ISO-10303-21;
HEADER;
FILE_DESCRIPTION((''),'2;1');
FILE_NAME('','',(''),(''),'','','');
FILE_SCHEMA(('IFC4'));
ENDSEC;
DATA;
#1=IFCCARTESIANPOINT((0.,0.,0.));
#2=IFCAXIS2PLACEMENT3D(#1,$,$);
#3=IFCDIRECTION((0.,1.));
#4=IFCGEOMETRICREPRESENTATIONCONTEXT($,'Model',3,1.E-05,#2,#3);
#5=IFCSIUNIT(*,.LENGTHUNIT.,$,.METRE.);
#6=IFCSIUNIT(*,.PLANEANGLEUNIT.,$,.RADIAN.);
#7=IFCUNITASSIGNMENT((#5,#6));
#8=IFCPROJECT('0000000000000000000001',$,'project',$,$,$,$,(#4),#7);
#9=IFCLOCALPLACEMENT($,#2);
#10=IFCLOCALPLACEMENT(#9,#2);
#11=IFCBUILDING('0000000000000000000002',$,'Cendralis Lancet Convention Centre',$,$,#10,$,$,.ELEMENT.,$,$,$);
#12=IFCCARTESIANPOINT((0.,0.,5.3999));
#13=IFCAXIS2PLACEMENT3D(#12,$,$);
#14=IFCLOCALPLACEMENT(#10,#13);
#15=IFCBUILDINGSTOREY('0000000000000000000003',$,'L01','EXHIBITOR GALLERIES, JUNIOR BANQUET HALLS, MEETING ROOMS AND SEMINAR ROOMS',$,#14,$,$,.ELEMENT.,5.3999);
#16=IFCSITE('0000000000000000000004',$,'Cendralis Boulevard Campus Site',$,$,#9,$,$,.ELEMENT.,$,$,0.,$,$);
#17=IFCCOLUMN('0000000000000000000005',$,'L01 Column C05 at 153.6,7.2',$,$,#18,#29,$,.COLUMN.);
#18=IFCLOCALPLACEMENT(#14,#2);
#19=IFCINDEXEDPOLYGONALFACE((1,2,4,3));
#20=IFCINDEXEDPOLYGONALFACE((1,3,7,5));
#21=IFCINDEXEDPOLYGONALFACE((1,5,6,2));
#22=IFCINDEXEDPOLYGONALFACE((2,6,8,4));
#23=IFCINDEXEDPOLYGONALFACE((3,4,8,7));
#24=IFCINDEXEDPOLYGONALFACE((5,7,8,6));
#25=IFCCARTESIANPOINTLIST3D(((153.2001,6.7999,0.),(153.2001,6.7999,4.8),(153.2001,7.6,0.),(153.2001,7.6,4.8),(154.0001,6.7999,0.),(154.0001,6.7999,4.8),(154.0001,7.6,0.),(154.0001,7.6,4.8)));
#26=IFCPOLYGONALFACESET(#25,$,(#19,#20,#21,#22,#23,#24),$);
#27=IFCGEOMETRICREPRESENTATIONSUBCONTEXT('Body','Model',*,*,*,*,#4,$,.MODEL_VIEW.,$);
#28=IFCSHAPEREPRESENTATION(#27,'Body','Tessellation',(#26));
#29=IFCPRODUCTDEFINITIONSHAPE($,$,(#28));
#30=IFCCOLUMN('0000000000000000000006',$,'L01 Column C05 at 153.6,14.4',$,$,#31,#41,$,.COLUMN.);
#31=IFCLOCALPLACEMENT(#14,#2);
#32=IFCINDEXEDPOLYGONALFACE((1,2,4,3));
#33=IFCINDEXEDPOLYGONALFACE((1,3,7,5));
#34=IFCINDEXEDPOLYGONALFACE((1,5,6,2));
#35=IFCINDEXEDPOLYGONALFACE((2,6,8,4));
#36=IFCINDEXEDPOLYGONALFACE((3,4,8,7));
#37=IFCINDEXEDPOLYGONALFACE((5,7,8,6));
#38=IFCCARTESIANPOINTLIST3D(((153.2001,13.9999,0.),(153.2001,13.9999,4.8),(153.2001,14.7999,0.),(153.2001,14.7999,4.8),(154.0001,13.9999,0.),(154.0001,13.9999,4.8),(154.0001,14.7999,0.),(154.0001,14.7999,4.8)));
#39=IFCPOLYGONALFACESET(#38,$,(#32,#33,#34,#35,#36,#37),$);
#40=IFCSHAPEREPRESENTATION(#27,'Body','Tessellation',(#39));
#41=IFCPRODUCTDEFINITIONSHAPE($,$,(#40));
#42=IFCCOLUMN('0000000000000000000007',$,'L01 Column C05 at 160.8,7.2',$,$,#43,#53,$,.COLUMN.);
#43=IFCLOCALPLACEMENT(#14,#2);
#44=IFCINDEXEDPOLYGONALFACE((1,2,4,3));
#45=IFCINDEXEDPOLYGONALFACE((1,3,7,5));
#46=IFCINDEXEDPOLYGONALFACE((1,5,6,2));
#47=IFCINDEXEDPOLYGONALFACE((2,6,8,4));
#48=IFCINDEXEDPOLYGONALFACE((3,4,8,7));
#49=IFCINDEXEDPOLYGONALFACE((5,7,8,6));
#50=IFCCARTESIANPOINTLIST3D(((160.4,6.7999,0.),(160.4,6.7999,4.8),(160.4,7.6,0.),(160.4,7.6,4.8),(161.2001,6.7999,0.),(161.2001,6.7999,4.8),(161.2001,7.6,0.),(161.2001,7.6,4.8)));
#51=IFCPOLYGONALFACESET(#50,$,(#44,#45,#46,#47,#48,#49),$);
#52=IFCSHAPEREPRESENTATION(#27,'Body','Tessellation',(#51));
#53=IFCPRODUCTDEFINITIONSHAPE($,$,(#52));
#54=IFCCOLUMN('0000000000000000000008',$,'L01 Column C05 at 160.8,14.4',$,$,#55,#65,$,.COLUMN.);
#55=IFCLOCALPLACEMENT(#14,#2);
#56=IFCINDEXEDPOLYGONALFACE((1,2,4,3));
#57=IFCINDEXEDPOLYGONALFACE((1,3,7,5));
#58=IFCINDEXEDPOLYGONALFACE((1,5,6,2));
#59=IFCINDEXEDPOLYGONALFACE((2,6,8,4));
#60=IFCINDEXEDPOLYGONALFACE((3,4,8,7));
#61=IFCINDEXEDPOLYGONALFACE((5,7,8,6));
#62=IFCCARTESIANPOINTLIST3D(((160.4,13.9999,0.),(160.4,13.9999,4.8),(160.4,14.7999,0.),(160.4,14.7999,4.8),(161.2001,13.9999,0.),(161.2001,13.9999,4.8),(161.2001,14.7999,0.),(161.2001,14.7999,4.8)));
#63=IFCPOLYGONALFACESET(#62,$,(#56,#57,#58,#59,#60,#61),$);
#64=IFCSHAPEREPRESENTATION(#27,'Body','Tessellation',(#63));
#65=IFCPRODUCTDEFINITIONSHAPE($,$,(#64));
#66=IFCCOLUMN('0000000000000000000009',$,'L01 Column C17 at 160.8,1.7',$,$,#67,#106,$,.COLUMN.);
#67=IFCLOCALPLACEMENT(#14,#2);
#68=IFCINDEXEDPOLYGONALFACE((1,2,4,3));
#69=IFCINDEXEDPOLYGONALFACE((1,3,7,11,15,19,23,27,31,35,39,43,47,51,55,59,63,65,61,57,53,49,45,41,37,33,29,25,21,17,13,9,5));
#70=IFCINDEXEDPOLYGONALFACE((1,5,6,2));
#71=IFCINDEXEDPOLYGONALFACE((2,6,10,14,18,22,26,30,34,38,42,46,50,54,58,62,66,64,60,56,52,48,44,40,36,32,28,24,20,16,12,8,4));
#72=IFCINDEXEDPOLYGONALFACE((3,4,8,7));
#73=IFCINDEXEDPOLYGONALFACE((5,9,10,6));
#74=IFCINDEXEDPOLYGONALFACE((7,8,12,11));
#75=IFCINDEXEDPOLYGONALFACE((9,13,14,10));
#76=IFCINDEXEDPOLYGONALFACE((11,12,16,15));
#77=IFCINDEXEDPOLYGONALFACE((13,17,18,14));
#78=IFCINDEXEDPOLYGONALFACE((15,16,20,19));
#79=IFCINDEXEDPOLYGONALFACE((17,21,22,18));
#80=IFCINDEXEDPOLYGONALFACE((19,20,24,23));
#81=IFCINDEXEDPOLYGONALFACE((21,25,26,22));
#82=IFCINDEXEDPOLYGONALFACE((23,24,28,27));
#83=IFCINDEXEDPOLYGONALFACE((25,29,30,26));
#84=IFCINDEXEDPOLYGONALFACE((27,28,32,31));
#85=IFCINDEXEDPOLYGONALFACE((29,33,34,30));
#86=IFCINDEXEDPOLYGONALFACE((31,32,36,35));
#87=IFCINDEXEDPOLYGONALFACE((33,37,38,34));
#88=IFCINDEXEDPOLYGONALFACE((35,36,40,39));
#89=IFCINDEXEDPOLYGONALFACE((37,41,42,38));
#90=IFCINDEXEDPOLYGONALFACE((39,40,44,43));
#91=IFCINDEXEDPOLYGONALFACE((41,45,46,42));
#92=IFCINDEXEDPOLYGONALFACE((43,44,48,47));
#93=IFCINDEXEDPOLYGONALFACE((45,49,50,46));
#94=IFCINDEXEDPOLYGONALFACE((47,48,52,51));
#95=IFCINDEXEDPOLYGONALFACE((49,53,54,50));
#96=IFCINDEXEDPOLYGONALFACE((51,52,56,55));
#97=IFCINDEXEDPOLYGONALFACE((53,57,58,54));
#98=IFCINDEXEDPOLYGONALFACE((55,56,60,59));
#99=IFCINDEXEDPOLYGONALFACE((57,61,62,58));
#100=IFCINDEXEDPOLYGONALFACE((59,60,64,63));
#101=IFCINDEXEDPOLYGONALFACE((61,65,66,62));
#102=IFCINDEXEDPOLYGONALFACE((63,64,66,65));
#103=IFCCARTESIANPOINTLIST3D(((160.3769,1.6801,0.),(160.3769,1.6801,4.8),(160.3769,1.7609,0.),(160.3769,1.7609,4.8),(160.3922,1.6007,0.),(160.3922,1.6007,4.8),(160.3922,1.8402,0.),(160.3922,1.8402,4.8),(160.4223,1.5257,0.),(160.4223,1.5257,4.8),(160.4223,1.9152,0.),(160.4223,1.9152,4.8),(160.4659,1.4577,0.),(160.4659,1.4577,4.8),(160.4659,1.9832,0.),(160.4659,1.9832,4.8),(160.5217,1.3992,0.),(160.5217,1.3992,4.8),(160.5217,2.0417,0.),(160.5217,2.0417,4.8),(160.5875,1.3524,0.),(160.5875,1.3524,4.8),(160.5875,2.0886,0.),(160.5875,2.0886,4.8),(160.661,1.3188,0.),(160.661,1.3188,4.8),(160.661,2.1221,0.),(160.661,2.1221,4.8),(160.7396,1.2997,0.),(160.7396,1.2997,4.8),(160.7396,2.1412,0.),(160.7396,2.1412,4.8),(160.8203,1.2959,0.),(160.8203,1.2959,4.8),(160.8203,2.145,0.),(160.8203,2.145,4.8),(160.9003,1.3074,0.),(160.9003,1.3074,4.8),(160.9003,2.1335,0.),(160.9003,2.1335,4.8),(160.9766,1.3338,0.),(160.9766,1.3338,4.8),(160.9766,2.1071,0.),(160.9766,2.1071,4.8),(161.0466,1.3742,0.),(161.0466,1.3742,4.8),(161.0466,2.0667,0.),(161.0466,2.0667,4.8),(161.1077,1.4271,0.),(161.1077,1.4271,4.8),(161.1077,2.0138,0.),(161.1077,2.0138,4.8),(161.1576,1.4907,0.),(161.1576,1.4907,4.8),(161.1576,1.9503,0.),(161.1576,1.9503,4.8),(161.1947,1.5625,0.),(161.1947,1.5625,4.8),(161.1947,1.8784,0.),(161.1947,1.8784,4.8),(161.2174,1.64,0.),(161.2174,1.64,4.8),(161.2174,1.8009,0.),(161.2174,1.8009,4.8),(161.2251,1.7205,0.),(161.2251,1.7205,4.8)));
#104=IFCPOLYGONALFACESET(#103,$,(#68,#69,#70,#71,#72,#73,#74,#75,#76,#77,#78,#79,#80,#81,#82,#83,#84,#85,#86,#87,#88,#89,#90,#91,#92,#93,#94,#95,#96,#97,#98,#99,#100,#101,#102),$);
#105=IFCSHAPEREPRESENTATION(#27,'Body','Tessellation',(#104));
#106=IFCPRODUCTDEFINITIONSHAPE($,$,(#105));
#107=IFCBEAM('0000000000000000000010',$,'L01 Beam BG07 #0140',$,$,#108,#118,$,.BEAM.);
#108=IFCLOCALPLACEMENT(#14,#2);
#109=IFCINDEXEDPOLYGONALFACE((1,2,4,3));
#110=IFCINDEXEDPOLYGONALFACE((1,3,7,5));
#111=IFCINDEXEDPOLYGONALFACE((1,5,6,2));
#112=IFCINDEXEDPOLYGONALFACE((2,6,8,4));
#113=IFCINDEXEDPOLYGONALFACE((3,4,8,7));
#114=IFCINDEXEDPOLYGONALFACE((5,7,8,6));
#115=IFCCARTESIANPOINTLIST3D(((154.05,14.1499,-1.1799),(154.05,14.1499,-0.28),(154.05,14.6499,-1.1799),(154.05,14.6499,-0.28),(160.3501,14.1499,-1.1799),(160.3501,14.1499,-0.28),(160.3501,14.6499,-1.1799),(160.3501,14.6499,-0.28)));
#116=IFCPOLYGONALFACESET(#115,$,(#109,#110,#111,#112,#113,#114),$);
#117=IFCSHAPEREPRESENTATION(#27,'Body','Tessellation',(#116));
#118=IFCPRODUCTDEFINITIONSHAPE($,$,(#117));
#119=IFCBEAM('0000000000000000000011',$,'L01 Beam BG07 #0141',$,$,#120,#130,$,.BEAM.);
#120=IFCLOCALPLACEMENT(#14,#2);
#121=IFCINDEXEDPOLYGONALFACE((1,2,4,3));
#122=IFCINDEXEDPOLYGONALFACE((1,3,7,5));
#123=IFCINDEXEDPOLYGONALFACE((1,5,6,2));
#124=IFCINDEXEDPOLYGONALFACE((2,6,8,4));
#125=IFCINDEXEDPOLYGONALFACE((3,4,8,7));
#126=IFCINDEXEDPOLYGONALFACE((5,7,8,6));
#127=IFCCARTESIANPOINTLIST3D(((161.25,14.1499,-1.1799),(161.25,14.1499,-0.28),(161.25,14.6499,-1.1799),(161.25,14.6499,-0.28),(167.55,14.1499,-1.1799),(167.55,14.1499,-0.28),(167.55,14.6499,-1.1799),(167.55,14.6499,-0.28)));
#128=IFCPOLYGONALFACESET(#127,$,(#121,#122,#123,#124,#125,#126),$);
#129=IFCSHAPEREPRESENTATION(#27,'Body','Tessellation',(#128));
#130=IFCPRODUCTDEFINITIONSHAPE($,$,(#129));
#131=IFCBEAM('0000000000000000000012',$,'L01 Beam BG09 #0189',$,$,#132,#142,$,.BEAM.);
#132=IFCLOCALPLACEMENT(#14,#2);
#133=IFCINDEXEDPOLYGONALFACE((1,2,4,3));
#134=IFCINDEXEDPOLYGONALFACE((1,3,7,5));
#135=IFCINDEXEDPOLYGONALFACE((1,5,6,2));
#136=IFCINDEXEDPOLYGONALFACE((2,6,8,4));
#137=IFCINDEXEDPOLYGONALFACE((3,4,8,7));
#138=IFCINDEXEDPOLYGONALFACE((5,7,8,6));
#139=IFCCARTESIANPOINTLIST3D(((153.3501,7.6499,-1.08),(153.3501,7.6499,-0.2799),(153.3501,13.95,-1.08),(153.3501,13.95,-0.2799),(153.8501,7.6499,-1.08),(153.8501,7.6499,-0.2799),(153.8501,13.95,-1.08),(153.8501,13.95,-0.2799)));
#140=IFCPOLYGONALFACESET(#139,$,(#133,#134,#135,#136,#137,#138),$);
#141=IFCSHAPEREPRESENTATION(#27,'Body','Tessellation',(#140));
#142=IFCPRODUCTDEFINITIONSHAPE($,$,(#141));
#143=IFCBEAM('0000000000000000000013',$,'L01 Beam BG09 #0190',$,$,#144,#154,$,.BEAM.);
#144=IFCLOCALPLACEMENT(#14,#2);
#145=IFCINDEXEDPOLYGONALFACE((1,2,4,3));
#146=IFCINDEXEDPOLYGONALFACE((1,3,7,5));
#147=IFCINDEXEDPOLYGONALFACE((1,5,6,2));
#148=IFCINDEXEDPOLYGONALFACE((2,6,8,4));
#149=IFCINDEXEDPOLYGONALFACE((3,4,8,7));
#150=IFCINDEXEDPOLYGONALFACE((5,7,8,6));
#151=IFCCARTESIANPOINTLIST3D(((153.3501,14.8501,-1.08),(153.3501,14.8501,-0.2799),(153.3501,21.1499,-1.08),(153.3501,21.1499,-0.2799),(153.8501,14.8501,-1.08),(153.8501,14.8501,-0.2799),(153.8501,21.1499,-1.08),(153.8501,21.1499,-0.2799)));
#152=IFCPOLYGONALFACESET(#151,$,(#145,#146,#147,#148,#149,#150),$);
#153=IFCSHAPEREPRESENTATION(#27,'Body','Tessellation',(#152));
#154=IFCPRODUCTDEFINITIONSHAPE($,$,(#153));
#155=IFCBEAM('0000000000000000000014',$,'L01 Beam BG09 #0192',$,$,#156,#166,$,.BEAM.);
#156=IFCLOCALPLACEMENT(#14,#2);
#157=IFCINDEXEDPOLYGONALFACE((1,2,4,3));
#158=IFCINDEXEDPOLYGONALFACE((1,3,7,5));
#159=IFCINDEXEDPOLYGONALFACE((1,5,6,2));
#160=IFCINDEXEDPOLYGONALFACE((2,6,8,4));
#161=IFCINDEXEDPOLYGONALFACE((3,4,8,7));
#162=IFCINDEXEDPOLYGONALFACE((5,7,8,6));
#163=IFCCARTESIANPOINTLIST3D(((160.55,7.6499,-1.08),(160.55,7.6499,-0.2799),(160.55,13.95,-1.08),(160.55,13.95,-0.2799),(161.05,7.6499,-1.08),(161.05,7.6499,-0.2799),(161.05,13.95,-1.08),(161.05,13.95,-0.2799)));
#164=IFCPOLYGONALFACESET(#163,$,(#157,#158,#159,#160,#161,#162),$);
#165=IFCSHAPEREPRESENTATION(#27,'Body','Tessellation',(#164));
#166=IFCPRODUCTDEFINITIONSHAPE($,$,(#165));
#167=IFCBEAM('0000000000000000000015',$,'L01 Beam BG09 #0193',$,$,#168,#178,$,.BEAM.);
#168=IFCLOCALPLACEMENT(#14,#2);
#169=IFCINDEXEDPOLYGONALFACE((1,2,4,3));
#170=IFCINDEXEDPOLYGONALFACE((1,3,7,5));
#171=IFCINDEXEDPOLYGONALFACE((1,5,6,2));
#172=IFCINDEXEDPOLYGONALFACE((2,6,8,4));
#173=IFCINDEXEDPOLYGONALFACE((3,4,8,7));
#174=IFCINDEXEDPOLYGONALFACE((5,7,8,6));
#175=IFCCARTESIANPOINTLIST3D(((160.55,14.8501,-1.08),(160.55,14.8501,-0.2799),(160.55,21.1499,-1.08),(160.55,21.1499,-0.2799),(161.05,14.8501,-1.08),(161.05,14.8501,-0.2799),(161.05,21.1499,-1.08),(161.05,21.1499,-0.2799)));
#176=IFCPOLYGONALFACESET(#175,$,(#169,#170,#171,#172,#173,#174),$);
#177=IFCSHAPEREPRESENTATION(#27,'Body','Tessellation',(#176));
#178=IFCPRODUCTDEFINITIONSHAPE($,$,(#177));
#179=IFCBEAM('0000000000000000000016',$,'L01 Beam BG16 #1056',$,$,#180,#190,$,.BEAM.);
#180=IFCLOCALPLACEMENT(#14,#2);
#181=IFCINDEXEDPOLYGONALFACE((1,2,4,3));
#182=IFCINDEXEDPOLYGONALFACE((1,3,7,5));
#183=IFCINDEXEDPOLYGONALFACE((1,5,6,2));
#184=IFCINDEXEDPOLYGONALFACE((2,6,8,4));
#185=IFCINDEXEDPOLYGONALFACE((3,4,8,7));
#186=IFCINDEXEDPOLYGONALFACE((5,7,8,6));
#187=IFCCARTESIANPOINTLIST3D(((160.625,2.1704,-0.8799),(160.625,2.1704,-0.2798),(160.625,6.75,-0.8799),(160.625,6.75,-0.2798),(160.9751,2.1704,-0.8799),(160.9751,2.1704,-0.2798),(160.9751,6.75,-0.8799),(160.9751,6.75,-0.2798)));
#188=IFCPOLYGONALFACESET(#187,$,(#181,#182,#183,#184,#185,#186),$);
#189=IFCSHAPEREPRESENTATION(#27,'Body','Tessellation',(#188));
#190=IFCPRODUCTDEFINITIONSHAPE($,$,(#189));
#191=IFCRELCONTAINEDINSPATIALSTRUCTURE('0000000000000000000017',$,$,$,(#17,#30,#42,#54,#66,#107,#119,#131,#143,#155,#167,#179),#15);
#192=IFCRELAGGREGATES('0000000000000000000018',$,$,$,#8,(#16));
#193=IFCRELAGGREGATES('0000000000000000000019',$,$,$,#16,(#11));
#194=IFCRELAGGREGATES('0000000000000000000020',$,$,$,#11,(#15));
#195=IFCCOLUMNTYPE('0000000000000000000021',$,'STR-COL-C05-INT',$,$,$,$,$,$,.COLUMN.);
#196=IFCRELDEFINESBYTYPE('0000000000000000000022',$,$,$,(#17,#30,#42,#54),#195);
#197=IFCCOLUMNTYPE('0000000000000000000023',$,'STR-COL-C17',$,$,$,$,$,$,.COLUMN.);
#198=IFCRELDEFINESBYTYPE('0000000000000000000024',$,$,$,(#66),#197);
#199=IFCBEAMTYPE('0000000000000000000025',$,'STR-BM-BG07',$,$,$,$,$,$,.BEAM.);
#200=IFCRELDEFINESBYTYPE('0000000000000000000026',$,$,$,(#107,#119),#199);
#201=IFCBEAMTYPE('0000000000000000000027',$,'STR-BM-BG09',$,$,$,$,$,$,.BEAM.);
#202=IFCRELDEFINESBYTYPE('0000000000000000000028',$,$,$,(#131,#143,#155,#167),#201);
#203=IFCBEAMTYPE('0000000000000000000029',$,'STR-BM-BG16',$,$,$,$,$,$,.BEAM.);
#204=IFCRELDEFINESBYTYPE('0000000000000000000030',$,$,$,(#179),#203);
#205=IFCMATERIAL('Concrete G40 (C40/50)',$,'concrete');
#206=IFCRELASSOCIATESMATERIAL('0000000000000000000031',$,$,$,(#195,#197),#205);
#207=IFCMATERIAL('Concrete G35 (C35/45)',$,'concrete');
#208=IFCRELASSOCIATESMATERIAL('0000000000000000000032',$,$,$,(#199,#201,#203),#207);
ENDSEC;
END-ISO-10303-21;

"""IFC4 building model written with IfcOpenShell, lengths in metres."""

from ifc_helpers import new_model, si_unit, direction, frame, origin, origin_2d, place, context, subcontext, project, spatial, rectangle, circle, extrude, material, material_profile, profile_set, type_object, element, save


model = new_model("IFC4")

# Units and contexts
model_context = context("Model", 3, precision=1e-05, world=origin(), true_north=direction((0.0, 1.0)))
body_context = subcontext(model_context, "Body", "Model", "MODEL_VIEW")
ifc_project = project(units=[si_unit("LENGTHUNIT", "METRE"), si_unit("PLANEANGLEUNIT", "RADIAN")], contexts=[model_context])

# Site, building, storey
site_placement = place(None, origin())
site = spatial("IfcSite", under=ifc_project, at=site_placement, Name="Cendralis Boulevard Campus Site", CompositionType="ELEMENT", RefElevation=0.0)
building_placement = place(site_placement, origin())
building = spatial("IfcBuilding", under=site, at=building_placement, Name="Cendralis Lancet Convention Centre", CompositionType="ELEMENT")
storey_placement = place(building_placement, frame((0.0, 0.0, 5.3999)))
storey = spatial("IfcBuildingStorey", under=building, at=storey_placement, Name="L01", Description="EXHIBITOR GALLERIES, JUNIOR BANQUET HALLS, MEETING ROOMS AND SEMINAR ROOMS", CompositionType="ELEMENT", Elevation=5.3999)

# Columns
ifc_material_1 = material(Name="Concrete G40 (C40/50)", Category="concrete")
ifc_material_profile_1 = material_profile(ifc_material_1, rectangle(XDim=0.8, YDim=0.8, at=origin_2d()), Name="RC 800x800")
ifc_profile_set_1 = profile_set([ifc_material_profile_1], Name="Concrete G40 (C40/50)")
column_type_1 = type_object("IfcColumnType", Name="STR-COL-C05-INT", PredefinedType="COLUMN", material=ifc_profile_set_1)
for number, where, z_axis, x_axis, name in (
    (1, (153.6001, 7.2, 0.0), (0.0, 0.0, 1.0), (1.0, 0.0, 0.0), "L01 Column C05 at 153.6,7.2"),
    (2, (153.6001, 14.3999, 0.0), (0.0, 0.0, 1.0), (1.0, 0.0, 0.0), "L01 Column C05 at 153.6,14.4"),
    (3, (160.8, 7.2, 0.0), (0.0, 0.0, 1.0), (1.0, 0.0, 0.0), "L01 Column C05 at 160.8,7.2"),
    (4, (160.8, 14.3999, 0.0), (0.0, 0.0, 1.0), (1.0, 0.0, 0.0), "L01 Column C05 at 160.8,14.4"),
):
    element("IfcColumn", number, at=place(storey_placement, frame(where, z_axis=z_axis, x_axis=x_axis)), inside=storey, type_object=column_type_1, Name=name, PredefinedType="COLUMN", context=body_context, shape_type="SweptSolid", body=[
        extrude(rectangle(XDim=0.8, YDim=0.8, at=origin_2d()), origin(), (0.0, 0.0, 1.0), 4.8),
    ])
ifc_material_profile_2 = material_profile(ifc_material_1, circle(Radius=0.425, at=origin_2d()), Name="RC D850")
ifc_profile_set_2 = profile_set([ifc_material_profile_2], Name="Concrete G40 (C40/50)")
column_type_2 = type_object("IfcColumnType", Name="STR-COL-C17", PredefinedType="COLUMN", material=ifc_profile_set_2)
column_placement = place(storey_placement, frame((160.8, 1.7205, 0.0), z_axis=(0.0, 0.0, 1.0), x_axis=(1.0, 0.0, 0.0)))
element("IfcColumn", 5, at=column_placement, inside=storey, type_object=column_type_2, Name="L01 Column C17 at 160.8,1.7", PredefinedType="COLUMN", context=body_context, shape_type="SweptSolid", body=[
    extrude(circle(Radius=0.425, at=origin_2d()), origin(), (0.0, 0.0, 1.0), 4.8),
])

# Beams
ifc_material_2 = material(Name="Concrete G35 (C35/45)", Category="concrete")
ifc_material_profile_3 = material_profile(ifc_material_2, rectangle(XDim=0.5, YDim=0.8999, at=origin_2d()), Name="RCB 500x900")
ifc_profile_set_3 = profile_set([ifc_material_profile_3], Name="Concrete G35 (C35/45)")
beam_type_1 = type_object("IfcBeamType", Name="STR-BM-BG07", PredefinedType="BEAM", material=ifc_profile_set_3)
for number, where, z_axis, x_axis, name in (
    (6, (154.05, 14.3999, -0.73), (1.0, 0.0, 0.0), (0.0, 1.0, 0.0), "L01 Beam BG07 #0140"),
    (7, (161.25, 14.3999, -0.73), (1.0, 0.0, 0.0), (0.0, 1.0, 0.0), "L01 Beam BG07 #0141"),
):
    element("IfcBeam", number, at=place(storey_placement, frame(where, z_axis=z_axis, x_axis=x_axis)), inside=storey, type_object=beam_type_1, Name=name, PredefinedType="BEAM", context=body_context, shape_type="SweptSolid", body=[
        extrude(rectangle(XDim=0.5, YDim=0.8999, at=origin_2d()), origin(), (0.0, 0.0, 1.0), 6.3),
    ])
ifc_material_profile_4 = material_profile(ifc_material_2, rectangle(XDim=0.5, YDim=0.8, at=origin_2d()), Name="RCB 500x800")
ifc_profile_set_4 = profile_set([ifc_material_profile_4], Name="Concrete G35 (C35/45)")
beam_type_2 = type_object("IfcBeamType", Name="STR-BM-BG09", PredefinedType="BEAM", material=ifc_profile_set_4)
beam_1_placement = place(storey_placement, frame((153.6001, 7.6499, -0.6799), z_axis=(0.0, 1.0, 0.0), x_axis=(-1.0, 0.0, 0.0)))
element("IfcBeam", 8, at=beam_1_placement, inside=storey, type_object=beam_type_2, Name="L01 Beam BG09 #0189", PredefinedType="BEAM", context=body_context, shape_type="SweptSolid", body=[
    extrude(rectangle(XDim=0.5, YDim=0.8, at=origin_2d()), origin(), (0.0, 0.0, 1.0), 6.3),
])
beam_2_placement = place(storey_placement, frame((153.6001, 14.8501, -0.6799), z_axis=(0.0, 1.0, 0.0), x_axis=(-1.0, 0.0, 0.0)))
element("IfcBeam", 9, at=beam_2_placement, inside=storey, type_object=beam_type_2, Name="L01 Beam BG09 #0190", PredefinedType="BEAM", context=body_context, shape_type="SweptSolid", body=[
    extrude(rectangle(XDim=0.5, YDim=0.8, at=origin_2d()), origin(), (0.0, 0.0, 1.0), 6.2998),
])
beam_3_placement = place(storey_placement, frame((160.8, 7.6499, -0.6799), z_axis=(0.0, 1.0, 0.0), x_axis=(-1.0, 0.0, 0.0)))
element("IfcBeam", 10, at=beam_3_placement, inside=storey, type_object=beam_type_2, Name="L01 Beam BG09 #0192", PredefinedType="BEAM", context=body_context, shape_type="SweptSolid", body=[
    extrude(rectangle(XDim=0.5, YDim=0.8, at=origin_2d()), origin(), (0.0, 0.0, 1.0), 6.3),
])
beam_4_placement = place(storey_placement, frame((160.8, 14.8501, -0.6799), z_axis=(0.0, 1.0, 0.0), x_axis=(-1.0, 0.0, 0.0)))
element("IfcBeam", 11, at=beam_4_placement, inside=storey, type_object=beam_type_2, Name="L01 Beam BG09 #0193", PredefinedType="BEAM", context=body_context, shape_type="SweptSolid", body=[
    extrude(rectangle(XDim=0.5, YDim=0.8, at=origin_2d()), origin(), (0.0, 0.0, 1.0), 6.2998),
])
ifc_material_profile_5 = material_profile(ifc_material_2, rectangle(XDim=0.3501, YDim=0.6001, at=origin_2d()), Name="RCB 350x600")
ifc_profile_set_5 = profile_set([ifc_material_profile_5], Name="Concrete G35 (C35/45)")
beam_type_3 = type_object("IfcBeamType", Name="STR-BM-BG16", PredefinedType="BEAM", material=ifc_profile_set_5)
beam_5_placement = place(storey_placement, frame((160.8, 2.1704, -0.5798), z_axis=(0.0, 1.0, 0.0), x_axis=(-1.0, 0.0, 0.0)))
element("IfcBeam", 12, at=beam_5_placement, inside=storey, type_object=beam_type_3, Name="L01 Beam BG16 #1056", PredefinedType="BEAM", context=body_context, shape_type="SweptSolid", body=[
    extrude(rectangle(XDim=0.3501, YDim=0.6001, at=origin_2d()), origin(), (0.0, 0.0, 1.0), 4.5796),
])

save(model, "model.ifc")
